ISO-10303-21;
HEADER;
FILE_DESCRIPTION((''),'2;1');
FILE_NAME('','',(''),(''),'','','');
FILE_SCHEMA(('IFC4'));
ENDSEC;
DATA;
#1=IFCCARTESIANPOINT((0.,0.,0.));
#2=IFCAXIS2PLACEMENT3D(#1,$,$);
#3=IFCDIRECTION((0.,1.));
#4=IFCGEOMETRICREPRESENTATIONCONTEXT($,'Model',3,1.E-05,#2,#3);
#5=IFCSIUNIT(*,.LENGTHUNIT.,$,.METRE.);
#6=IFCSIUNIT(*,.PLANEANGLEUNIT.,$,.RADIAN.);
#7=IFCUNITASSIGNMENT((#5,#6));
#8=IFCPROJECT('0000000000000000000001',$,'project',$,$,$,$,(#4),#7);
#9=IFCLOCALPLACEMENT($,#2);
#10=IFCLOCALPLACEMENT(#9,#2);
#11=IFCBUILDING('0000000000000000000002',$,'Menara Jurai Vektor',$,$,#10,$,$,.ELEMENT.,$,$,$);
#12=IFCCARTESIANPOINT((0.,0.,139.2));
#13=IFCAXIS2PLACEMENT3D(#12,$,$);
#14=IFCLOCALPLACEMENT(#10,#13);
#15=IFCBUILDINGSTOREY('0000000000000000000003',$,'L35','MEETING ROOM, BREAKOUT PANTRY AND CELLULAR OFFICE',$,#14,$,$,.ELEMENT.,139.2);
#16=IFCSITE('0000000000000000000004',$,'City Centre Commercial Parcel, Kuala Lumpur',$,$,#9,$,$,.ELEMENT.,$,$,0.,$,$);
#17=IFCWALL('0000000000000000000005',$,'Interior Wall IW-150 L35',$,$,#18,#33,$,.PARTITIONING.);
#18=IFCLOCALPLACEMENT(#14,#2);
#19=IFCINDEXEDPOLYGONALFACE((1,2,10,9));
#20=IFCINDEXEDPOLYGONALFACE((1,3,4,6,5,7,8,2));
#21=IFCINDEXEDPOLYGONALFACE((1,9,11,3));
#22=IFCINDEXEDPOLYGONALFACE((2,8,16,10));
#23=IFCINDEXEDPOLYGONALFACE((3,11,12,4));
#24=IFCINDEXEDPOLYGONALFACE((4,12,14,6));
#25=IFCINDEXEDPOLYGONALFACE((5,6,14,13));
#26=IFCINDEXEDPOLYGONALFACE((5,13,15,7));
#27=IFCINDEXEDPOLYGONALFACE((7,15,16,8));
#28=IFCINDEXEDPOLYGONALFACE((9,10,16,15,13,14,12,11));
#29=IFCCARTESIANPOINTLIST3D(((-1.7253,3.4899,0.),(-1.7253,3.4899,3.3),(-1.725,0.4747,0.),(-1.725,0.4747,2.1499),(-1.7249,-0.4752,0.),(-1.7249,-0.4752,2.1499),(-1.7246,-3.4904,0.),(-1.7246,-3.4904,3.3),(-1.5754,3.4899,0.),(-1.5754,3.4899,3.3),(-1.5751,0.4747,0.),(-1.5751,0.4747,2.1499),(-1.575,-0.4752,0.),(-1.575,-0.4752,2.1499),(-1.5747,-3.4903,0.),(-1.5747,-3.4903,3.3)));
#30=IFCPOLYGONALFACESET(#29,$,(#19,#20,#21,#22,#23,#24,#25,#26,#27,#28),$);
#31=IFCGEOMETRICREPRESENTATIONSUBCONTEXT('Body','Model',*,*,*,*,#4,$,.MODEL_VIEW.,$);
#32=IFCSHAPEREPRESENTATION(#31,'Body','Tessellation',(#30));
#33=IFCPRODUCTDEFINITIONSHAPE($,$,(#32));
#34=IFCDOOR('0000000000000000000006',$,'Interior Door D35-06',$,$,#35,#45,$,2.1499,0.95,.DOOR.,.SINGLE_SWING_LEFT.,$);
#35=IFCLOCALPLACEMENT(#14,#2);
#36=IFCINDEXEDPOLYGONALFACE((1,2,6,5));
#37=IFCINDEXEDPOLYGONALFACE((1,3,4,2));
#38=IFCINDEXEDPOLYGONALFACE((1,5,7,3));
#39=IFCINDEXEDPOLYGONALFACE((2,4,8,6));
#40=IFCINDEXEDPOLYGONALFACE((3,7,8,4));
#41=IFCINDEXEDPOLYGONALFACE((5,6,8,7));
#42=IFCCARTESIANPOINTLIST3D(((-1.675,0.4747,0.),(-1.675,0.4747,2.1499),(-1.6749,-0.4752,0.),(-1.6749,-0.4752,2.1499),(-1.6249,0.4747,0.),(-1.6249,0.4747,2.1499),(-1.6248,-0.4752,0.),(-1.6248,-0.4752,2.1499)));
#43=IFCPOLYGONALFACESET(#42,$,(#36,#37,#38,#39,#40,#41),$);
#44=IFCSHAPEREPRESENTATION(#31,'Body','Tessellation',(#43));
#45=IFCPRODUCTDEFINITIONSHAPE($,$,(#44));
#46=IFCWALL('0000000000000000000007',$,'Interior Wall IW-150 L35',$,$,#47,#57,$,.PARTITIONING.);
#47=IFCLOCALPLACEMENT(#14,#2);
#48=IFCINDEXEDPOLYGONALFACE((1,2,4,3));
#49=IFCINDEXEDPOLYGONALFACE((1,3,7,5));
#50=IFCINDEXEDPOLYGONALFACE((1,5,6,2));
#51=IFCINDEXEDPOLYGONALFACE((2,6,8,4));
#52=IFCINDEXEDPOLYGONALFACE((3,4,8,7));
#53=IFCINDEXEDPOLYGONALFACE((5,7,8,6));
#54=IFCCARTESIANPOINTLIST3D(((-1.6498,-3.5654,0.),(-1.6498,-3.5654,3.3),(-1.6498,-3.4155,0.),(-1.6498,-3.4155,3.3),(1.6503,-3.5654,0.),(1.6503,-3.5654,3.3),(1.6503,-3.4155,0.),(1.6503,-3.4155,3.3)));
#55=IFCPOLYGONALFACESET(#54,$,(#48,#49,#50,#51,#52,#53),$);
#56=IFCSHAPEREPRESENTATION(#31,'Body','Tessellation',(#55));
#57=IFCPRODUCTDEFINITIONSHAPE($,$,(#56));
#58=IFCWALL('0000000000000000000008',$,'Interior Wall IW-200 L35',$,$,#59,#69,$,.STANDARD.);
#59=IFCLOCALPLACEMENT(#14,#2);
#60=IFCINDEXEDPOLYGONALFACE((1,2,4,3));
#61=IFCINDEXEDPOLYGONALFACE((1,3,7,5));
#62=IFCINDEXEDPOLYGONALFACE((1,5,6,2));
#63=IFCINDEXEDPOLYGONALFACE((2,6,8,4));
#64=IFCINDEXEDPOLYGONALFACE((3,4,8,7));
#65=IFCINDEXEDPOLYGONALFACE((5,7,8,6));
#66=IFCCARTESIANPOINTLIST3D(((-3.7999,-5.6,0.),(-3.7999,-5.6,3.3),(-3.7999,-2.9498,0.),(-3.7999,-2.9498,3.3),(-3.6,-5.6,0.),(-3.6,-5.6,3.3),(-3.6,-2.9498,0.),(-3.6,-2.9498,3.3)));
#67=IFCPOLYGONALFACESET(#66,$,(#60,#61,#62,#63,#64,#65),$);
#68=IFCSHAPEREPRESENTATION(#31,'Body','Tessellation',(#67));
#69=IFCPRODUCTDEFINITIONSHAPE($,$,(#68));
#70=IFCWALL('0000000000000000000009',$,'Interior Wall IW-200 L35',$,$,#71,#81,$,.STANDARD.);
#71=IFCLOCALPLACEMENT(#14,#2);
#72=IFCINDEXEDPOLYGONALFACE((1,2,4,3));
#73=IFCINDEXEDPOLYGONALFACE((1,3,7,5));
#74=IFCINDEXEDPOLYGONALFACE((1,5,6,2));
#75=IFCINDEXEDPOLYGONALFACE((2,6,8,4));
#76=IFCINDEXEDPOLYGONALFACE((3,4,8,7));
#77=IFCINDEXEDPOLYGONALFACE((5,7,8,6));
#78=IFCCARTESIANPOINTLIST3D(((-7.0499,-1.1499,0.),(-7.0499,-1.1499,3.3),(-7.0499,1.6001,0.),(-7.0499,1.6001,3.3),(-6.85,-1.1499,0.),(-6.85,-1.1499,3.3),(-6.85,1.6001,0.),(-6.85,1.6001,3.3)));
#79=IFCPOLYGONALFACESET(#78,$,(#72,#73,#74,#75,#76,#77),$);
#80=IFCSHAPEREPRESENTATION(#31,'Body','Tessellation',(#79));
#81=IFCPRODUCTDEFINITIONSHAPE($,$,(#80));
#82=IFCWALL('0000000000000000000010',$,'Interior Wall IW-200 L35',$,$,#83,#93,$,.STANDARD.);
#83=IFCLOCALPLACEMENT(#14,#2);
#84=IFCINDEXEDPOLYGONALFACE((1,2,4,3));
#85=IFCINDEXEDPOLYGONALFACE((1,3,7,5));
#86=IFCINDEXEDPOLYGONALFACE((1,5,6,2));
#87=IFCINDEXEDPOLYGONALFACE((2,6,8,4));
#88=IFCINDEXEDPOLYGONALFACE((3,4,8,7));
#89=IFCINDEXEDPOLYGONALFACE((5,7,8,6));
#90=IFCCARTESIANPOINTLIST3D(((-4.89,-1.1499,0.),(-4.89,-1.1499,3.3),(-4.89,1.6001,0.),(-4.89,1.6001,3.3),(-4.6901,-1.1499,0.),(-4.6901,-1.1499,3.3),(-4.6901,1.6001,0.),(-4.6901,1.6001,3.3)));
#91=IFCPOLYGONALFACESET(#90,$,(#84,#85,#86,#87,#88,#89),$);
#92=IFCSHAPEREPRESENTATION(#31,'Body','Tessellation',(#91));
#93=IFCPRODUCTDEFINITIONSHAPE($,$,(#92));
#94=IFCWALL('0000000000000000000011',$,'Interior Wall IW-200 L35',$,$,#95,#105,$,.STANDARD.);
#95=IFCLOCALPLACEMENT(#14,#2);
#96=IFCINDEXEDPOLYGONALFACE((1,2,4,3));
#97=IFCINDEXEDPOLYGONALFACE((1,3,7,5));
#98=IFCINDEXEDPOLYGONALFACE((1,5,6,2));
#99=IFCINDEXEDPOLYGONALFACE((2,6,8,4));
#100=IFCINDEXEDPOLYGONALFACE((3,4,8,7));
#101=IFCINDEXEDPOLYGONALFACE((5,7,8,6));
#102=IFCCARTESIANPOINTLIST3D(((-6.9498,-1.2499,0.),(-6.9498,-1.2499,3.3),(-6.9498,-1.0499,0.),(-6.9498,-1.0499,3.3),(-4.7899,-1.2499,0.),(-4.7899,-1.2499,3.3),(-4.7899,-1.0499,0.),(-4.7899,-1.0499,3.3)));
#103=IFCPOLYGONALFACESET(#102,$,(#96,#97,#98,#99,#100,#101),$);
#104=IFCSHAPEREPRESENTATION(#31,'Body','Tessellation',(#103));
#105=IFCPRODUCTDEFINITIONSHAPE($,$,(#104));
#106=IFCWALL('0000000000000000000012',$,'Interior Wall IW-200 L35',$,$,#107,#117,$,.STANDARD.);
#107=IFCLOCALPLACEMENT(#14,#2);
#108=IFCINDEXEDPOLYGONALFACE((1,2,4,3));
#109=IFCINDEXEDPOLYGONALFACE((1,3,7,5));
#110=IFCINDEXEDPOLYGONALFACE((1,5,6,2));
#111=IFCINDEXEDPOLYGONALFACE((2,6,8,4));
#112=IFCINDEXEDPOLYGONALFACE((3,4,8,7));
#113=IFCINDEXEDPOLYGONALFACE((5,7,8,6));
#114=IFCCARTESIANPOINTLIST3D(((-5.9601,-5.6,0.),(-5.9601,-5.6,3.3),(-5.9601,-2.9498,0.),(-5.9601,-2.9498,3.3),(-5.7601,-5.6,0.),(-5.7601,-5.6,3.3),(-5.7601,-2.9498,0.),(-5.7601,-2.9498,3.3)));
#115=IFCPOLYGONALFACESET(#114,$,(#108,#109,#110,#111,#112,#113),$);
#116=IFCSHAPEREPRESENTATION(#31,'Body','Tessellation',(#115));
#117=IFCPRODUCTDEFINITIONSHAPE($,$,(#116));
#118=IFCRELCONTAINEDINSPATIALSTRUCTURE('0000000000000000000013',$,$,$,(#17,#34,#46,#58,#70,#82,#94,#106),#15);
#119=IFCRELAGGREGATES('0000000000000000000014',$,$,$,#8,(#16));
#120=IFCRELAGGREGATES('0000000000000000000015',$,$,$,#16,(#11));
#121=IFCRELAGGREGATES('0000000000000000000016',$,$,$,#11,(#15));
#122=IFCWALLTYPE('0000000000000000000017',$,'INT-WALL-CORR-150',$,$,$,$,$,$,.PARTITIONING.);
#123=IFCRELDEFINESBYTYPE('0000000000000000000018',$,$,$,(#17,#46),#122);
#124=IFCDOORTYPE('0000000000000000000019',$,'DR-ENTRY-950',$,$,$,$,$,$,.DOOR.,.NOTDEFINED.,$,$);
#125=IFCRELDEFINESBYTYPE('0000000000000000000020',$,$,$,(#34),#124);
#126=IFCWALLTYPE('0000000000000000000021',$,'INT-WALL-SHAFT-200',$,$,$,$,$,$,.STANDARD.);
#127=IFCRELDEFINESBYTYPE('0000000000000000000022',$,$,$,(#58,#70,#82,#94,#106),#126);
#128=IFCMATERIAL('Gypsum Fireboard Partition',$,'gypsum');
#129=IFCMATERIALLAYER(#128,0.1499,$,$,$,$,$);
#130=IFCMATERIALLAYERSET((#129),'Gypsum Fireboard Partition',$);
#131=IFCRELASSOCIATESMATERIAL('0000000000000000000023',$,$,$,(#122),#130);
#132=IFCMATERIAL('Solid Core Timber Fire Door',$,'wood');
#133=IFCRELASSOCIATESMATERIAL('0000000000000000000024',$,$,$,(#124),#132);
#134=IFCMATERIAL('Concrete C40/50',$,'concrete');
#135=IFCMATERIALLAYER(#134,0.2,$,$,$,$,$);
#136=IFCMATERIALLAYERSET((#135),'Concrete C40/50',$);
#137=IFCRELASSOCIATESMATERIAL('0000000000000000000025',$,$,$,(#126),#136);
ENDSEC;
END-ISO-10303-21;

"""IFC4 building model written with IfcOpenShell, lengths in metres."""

from ifc_helpers import new_model, si_unit, direction, frame, frame_2d, origin, place, context, subcontext, project, spatial, rectangle, extrude, material, layer, layer_set, type_object, element, fill, save


model = new_model("IFC4")

# Units and contexts
model_context = context("Model", 3, precision=1e-05, world=origin(), true_north=direction((0.0, 1.0)))
body_context = subcontext(model_context, "Body", "Model", "MODEL_VIEW")
ifc_project = project(units=[si_unit("LENGTHUNIT", "METRE"), si_unit("PLANEANGLEUNIT", "RADIAN")], contexts=[model_context])

# Site, building, storey
site_placement = place(None, origin())
site = spatial("IfcSite", under=ifc_project, at=site_placement, Name="City Centre Commercial Parcel, Kuala Lumpur", CompositionType="ELEMENT", RefElevation=0.0)
building_placement = place(site_placement, origin())
building = spatial("IfcBuilding", under=site, at=building_placement, Name="Menara Jurai Vektor", CompositionType="ELEMENT")
storey_placement = place(building_placement, frame((0.0, 0.0, 139.2)))
storey = spatial("IfcBuildingStorey", under=building, at=storey_placement, Name="L35", Description="MEETING ROOM, BREAKOUT PANTRY AND CELLULAR OFFICE", CompositionType="ELEMENT", Elevation=139.2)

# Shared definitions
ifc_material_1 = material(Name="Concrete C40/50", Category="concrete")

# Shared definitions
ifc_material_2 = material(Name="Gypsum Fireboard Partition", Category="gypsum")
ifc_layer_1 = layer(ifc_material_2, 0.1499)
ifc_layer_set_1 = layer_set([ifc_layer_1], Name="Gypsum Fireboard Partition")
wall_type_1 = type_object("IfcWallType", Name="INT-WALL-CORR-150", PredefinedType="PARTITIONING", material=ifc_layer_set_1)

# Wall, opening, door
wall_1_placement = place(storey_placement, frame((-1.6497, -3.4905, 0.0), z_axis=(0.0, 0.0, 1.0), x_axis=(-0.000105, 1.0, 0.0)))
wall_1 = element("IfcWall", 1, at=wall_1_placement, inside=storey, type_object=wall_type_1, Name="Interior Wall IW-150 L35", PredefinedType="PARTITIONING", context=body_context, shape_type="SweptSolid", body=[
    extrude(rectangle(XDim=6.9802, YDim=0.1499, at=frame_2d((3.4902, 0.0))), origin(), (0.0, 0.0, 1.0), 3.3),
])
opening_1_placement = place(wall_1_placement, frame((3.0151, 0.0, 0.0)))
opening_1 = element("IfcOpeningElement", 2, at=opening_1_placement, cuts=wall_1, PredefinedType="OPENING", context=body_context, shape_type="SweptSolid", body=[
    extrude(rectangle(XDim=0.95, YDim=2.1499, at=frame_2d((0.4751, 1.075))), frame((0.0, 0.085, 0.0), z_axis=(0.0, -1.0, 0.0), x_axis=(1.0, 0.0, 0.0)), (0.0, 0.0, 1.0), 0.1699),
])
ifc_material_3 = material(Name="Solid Core Timber Fire Door", Category="wood")
door_type_1 = type_object("IfcDoorType", Name="DR-ENTRY-950", OperationType="NOTDEFINED", PredefinedType="DOOR", material=ifc_material_3)
door_1_placement = place(opening_1_placement, origin())
door_1 = element("IfcDoor", 3, at=door_1_placement, inside=storey, type_object=door_type_1, Name="Interior Door D35-06", OperationType="SINGLE_SWING_LEFT", OverallHeight=2.1499, OverallWidth=0.95, PredefinedType="DOOR", context=body_context, shape_type="SweptSolid", body=[
    extrude(rectangle(XDim=0.95, YDim=2.1499, at=frame_2d((0.4751, 1.075))), frame((0.0, 0.0249, 0.0), z_axis=(0.0, -1.0, 0.0), x_axis=(1.0, 0.0, 0.0)), (0.0, 0.0, 1.0), 0.05),
])
fill(opening_1, door_1)

# Wall
wall_2_placement = place(storey_placement, frame((-1.6497, -3.4905, 0.0), z_axis=(0.0, 0.0, 1.0), x_axis=(1.0, 0.0, 0.0)))
element("IfcWall", 4, at=wall_2_placement, inside=storey, type_object=wall_type_1, Name="Interior Wall IW-150 L35", PredefinedType="PARTITIONING", context=body_context, shape_type="SweptSolid", body=[
    extrude(rectangle(XDim=3.3, YDim=0.1499, at=frame_2d((1.6499, 0.0))), origin(), (0.0, 0.0, 1.0), 3.3),
])

# Shared definitions
ifc_layer_2 = layer(ifc_material_1, 0.2)
ifc_layer_set_2 = layer_set([ifc_layer_2], Name="Concrete C40/50")
wall_type_2 = type_object("IfcWallType", Name="INT-WALL-SHAFT-200", PredefinedType="STANDARD", material=ifc_layer_set_2)

# Walls
wall_3_placement = place(storey_placement, frame((-3.7, -5.6001, 0.0), z_axis=(0.0, 0.0, 1.0), x_axis=(0.0, 1.0, 0.0)))
element("IfcWall", 5, at=wall_3_placement, inside=storey, type_object=wall_type_2, Name="Interior Wall IW-200 L35", PredefinedType="STANDARD", context=body_context, shape_type="SweptSolid", body=[
    extrude(rectangle(XDim=2.6501, YDim=0.2, at=frame_2d((1.3252, 0.0))), origin(), (0.0, 0.0, 1.0), 3.3),
])
for number, where, z_axis, x_axis, name in (
    (6, (-6.95, -1.1499, 0.0), (0.0, 0.0, 1.0), (0.0, 1.0, 0.0), "Interior Wall IW-200 L35"),
    (7, (-4.79, -1.1499, 0.0), (0.0, 0.0, 1.0), (0.0, 1.0, 0.0), "Interior Wall IW-200 L35"),
):
    element("IfcWall", number, at=place(storey_placement, frame(where, z_axis=z_axis, x_axis=x_axis)), inside=storey, type_object=wall_type_2, Name=name, PredefinedType="STANDARD", context=body_context, shape_type="SweptSolid", body=[
        extrude(rectangle(XDim=2.75, YDim=0.2, at=frame_2d((1.375, 0.0))), origin(), (0.0, 0.0, 1.0), 3.3),
    ])
wall_4_placement = place(storey_placement, frame((-6.95, -1.1499, 0.0), z_axis=(0.0, 0.0, 1.0), x_axis=(1.0, 0.0, 0.0)))
element("IfcWall", 8, at=wall_4_placement, inside=storey, type_object=wall_type_2, Name="Interior Wall IW-200 L35", PredefinedType="STANDARD", context=body_context, shape_type="SweptSolid", body=[
    extrude(rectangle(XDim=2.1599, YDim=0.2, at=frame_2d((1.0801, 0.0))), origin(), (0.0, 0.0, 1.0), 3.3),
])
wall_5_placement = place(storey_placement, frame((-5.8601, -5.6001, 0.0), z_axis=(0.0, 0.0, 1.0), x_axis=(0.0, 1.0, 0.0)))
element("IfcWall", 9, at=wall_5_placement, inside=storey, type_object=wall_type_2, Name="Interior Wall IW-200 L35", PredefinedType="STANDARD", context=body_context, shape_type="SweptSolid", body=[
    extrude(rectangle(XDim=2.6501, YDim=0.2, at=frame_2d((1.3252, 0.0))), origin(), (0.0, 0.0, 1.0), 3.3),
])

save(model, "model.ifc")
